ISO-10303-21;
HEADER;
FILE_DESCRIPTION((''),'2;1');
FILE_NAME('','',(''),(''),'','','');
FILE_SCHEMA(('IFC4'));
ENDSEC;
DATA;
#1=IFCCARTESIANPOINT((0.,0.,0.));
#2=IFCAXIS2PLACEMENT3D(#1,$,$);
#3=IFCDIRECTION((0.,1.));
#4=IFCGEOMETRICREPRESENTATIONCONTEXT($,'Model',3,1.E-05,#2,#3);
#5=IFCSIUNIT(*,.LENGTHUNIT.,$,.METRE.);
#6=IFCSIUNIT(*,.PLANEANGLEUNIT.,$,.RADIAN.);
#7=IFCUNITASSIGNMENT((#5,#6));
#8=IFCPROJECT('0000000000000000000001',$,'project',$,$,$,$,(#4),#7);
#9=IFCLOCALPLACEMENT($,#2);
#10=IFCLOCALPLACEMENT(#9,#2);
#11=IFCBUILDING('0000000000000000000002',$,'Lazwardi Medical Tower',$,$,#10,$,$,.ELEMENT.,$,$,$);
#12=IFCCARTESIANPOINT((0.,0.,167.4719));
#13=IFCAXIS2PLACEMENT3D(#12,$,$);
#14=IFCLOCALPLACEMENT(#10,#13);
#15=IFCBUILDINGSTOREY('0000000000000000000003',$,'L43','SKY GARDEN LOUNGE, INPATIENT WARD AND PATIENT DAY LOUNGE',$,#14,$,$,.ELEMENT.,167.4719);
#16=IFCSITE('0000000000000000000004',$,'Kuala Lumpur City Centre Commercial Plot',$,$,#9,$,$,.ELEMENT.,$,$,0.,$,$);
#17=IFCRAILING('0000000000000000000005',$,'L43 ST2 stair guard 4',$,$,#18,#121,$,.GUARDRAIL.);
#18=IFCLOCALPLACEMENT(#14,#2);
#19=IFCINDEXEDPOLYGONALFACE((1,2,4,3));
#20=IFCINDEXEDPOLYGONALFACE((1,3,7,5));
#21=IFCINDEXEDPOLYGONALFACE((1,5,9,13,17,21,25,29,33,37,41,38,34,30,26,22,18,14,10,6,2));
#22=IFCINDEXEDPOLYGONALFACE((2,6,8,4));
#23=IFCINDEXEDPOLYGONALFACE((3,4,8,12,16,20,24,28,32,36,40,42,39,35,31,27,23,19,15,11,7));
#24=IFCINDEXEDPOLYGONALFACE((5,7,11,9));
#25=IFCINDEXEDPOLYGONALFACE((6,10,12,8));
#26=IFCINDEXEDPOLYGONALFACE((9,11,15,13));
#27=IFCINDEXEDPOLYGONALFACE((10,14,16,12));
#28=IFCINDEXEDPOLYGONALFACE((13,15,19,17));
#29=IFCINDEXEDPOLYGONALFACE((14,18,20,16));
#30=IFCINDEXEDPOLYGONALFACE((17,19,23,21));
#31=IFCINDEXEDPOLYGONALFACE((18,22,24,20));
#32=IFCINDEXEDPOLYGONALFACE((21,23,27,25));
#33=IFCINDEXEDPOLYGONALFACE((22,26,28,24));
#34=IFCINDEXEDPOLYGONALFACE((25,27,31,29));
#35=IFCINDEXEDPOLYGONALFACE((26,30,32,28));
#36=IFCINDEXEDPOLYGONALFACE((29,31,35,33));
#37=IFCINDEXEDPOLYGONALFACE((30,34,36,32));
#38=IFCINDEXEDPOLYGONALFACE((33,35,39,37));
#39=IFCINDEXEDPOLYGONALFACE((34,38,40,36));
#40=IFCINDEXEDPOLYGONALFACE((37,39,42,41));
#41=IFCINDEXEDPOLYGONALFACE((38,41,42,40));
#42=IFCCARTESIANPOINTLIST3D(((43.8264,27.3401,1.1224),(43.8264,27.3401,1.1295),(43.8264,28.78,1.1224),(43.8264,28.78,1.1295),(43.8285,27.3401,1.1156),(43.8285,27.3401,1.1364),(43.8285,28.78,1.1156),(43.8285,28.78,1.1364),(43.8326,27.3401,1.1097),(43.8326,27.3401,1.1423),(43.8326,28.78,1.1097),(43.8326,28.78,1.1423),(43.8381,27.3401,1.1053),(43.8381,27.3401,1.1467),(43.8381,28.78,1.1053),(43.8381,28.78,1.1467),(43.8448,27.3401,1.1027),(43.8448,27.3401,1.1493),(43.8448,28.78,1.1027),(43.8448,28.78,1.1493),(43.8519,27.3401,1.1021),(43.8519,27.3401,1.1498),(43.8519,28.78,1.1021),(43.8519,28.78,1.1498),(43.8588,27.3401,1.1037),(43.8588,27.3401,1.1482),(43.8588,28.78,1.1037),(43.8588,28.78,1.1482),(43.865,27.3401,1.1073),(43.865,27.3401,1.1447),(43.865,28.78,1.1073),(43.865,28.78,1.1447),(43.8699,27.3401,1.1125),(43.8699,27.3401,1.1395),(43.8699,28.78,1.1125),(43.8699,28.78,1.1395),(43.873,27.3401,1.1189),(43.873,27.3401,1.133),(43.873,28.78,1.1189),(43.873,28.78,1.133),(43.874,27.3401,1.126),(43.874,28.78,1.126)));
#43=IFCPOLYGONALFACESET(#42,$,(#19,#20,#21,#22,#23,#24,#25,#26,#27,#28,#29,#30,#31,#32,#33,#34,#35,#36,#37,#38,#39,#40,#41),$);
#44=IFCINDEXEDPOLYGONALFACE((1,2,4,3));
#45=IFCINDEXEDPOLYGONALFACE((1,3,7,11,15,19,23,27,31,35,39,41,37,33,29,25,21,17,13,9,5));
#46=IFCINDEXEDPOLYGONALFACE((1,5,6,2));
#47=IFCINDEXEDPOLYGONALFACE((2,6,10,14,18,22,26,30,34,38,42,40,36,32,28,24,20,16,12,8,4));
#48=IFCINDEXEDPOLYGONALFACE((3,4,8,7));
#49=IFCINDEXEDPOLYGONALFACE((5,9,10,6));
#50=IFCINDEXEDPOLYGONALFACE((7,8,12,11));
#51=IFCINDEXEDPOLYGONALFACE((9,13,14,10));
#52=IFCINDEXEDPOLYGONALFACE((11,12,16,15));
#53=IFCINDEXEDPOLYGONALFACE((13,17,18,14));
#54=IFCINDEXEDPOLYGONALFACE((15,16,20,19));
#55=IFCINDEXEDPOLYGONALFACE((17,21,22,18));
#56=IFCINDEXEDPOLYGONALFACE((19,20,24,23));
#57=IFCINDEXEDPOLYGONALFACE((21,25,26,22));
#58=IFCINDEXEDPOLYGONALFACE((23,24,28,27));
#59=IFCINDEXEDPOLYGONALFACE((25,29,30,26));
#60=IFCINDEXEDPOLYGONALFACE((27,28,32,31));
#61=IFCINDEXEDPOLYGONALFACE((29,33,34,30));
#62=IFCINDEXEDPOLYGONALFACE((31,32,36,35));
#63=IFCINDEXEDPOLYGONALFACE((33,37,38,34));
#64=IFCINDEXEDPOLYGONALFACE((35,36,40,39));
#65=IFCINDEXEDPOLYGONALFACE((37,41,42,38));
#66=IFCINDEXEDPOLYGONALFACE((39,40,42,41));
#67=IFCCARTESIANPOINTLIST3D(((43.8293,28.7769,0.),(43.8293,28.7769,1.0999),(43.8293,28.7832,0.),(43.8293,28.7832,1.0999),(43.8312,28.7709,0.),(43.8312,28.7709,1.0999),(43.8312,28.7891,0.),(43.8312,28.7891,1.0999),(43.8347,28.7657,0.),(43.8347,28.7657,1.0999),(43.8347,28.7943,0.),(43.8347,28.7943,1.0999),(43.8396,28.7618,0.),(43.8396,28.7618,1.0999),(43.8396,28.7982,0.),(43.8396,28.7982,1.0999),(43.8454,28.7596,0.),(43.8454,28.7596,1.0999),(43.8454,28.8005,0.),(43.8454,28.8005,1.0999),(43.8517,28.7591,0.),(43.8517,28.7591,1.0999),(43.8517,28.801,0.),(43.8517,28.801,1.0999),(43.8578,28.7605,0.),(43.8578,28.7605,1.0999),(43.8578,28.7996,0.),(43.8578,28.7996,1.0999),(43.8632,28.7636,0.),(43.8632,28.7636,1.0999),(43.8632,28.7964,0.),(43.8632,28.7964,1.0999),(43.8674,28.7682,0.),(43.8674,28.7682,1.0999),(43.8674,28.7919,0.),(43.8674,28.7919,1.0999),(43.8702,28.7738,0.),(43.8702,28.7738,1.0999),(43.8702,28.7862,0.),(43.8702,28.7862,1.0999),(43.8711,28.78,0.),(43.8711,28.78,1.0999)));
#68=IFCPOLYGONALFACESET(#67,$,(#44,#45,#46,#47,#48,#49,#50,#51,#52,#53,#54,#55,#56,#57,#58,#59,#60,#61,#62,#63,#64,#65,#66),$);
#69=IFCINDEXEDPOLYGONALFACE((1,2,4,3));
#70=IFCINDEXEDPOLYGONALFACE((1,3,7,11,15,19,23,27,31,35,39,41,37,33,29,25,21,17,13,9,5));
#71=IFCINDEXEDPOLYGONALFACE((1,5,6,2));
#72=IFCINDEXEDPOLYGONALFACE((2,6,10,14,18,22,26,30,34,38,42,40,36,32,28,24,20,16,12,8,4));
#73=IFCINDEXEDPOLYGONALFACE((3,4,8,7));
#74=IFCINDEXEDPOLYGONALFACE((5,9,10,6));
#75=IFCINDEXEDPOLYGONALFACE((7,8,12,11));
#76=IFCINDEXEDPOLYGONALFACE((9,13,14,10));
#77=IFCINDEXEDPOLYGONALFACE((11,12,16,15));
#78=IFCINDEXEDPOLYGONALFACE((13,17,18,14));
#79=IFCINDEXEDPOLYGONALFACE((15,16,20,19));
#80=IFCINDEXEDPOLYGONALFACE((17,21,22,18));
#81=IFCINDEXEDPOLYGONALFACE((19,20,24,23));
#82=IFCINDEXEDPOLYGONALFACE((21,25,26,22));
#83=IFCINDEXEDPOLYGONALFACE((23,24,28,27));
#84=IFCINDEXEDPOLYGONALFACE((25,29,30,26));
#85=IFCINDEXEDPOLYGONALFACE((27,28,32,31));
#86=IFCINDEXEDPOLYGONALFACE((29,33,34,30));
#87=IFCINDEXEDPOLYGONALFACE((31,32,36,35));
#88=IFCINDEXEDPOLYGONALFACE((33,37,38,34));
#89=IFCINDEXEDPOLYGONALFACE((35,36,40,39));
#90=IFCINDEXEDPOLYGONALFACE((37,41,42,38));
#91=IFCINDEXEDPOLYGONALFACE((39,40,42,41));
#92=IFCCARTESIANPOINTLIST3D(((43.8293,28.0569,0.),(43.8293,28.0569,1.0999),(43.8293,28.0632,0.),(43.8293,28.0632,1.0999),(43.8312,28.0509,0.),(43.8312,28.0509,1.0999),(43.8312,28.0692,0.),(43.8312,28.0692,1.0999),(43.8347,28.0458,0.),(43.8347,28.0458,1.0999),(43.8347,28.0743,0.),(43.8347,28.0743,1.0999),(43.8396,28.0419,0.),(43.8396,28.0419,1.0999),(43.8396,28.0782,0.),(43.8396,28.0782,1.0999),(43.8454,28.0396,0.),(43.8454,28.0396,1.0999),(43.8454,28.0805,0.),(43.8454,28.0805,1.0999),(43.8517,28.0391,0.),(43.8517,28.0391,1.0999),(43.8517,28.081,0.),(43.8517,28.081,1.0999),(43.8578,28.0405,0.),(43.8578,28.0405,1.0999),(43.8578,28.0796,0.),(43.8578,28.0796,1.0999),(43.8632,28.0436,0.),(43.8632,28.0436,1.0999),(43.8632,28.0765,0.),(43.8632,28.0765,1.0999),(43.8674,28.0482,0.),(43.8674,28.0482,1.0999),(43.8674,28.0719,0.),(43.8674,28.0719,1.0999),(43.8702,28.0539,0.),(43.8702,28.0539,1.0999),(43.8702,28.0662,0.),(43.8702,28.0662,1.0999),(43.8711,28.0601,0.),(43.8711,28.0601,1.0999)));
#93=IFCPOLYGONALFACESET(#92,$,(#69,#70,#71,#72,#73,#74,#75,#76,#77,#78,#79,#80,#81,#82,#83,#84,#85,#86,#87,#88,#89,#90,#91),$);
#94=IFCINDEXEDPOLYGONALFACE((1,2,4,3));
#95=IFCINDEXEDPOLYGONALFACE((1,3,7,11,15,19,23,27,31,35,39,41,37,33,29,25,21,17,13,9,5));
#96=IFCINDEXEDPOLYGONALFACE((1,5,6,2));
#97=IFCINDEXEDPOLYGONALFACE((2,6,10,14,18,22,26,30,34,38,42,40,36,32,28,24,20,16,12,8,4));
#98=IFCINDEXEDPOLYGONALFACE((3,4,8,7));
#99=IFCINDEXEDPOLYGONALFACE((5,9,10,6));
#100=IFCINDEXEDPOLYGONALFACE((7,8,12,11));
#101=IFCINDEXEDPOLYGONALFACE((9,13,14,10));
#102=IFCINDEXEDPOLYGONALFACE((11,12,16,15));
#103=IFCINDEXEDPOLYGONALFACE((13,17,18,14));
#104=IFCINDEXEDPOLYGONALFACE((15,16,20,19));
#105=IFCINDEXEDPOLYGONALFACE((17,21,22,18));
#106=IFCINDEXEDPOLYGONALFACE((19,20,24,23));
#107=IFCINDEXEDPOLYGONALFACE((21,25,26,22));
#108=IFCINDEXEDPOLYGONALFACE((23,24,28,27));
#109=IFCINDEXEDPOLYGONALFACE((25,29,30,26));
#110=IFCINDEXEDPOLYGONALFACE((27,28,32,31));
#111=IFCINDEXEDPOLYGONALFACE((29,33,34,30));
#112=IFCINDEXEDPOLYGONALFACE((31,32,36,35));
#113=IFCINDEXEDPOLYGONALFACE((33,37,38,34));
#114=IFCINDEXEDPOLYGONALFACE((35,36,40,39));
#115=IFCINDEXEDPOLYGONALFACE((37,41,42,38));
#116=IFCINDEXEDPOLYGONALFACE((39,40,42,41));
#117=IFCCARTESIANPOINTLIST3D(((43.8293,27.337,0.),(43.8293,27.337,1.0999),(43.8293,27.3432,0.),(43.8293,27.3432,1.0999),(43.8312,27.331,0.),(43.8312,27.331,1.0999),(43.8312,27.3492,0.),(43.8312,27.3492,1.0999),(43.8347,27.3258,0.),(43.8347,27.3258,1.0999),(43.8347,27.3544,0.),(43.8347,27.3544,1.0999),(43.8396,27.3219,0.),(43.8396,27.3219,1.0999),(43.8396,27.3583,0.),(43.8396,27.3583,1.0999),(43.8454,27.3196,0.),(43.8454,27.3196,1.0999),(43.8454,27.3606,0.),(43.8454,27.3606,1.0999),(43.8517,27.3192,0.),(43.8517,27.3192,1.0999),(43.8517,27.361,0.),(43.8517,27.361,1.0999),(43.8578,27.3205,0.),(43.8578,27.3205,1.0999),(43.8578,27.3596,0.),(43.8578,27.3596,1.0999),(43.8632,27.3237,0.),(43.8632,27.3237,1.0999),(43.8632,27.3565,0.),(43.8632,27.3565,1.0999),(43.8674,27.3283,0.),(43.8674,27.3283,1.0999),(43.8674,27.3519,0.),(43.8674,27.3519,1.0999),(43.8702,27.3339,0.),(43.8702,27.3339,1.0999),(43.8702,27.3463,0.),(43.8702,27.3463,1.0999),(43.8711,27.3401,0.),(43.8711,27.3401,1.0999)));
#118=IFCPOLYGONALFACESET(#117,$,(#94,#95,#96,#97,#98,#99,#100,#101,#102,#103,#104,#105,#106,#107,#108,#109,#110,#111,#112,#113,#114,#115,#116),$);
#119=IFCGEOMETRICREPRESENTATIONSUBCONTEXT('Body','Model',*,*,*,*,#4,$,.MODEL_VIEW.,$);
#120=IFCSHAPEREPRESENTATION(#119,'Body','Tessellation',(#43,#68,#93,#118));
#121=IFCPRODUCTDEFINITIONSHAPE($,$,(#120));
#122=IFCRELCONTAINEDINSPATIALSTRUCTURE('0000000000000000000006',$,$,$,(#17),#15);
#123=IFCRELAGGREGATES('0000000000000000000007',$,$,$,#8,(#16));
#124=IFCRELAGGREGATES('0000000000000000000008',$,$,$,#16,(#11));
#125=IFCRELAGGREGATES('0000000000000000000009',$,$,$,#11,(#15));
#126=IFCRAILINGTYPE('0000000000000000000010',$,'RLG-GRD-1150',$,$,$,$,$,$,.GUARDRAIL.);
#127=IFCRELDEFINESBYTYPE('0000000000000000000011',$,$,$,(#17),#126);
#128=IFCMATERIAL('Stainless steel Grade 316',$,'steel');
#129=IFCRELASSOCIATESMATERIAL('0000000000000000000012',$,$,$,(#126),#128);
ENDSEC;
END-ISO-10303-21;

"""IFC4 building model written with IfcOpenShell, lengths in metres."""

from ifc_helpers import new_model, si_unit, direction, frame, origin, origin_2d, place, context, subcontext, project, spatial, circle, extrude, material, type_object, element, save


model = new_model("IFC4")

# Units and contexts
model_context = context("Model", 3, precision=1e-05, world=origin(), true_north=direction((0.0, 1.0)))
body_context = subcontext(model_context, "Body", "Model", "MODEL_VIEW")
ifc_project = project(units=[si_unit("LENGTHUNIT", "METRE"), si_unit("PLANEANGLEUNIT", "RADIAN")], contexts=[model_context])

# Site, building, storey
site_placement = place(None, origin())
site = spatial("IfcSite", under=ifc_project, at=site_placement, Name="Kuala Lumpur City Centre Commercial Plot", CompositionType="ELEMENT", RefElevation=0.0)
building_placement = place(site_placement, origin())
building = spatial("IfcBuilding", under=site, at=building_placement, Name="Lazwardi Medical Tower", CompositionType="ELEMENT")
storey_placement = place(building_placement, frame((0.0, 0.0, 167.4719)))
storey = spatial("IfcBuildingStorey", under=building, at=storey_placement, Name="L43", Description="SKY GARDEN LOUNGE, INPATIENT WARD AND PATIENT DAY LOUNGE", CompositionType="ELEMENT", Elevation=167.4719)

# Railing
ifc_material_1 = material(Name="Stainless steel Grade 316", Category="steel")
railing_type_1 = type_object("IfcRailingType", Name="RLG-GRD-1150", PredefinedType="GUARDRAIL", material=ifc_material_1)
railing_1_placement = place(storey_placement, frame((43.8501, 28.78, 0.0)))
element("IfcRailing", 1, at=railing_1_placement, inside=storey, type_object=railing_type_1, Name="L43 ST2 stair guard 4", PredefinedType="GUARDRAIL", context=body_context, shape_type="SweptSolid", body=[
    extrude(circle(Radius=0.0239, at=origin_2d()), frame((0.0, 0.0, 1.126), z_axis=(0.0, -1.0, 0.0), x_axis=(1.0, 0.0, 0.0)), (0.0, 0.0, 1.0), 1.4399),
    extrude(circle(Radius=0.021, at=origin_2d()), origin(), (0.0, 0.0, 1.0), 1.0999),
    extrude(circle(Radius=0.021, at=origin_2d()), frame((0.0, -0.72, 0.0)), (0.0, 0.0, 1.0), 1.0999),
    extrude(circle(Radius=0.021, at=origin_2d()), frame((0.0, -1.4399, 0.0)), (0.0, 0.0, 1.0), 1.0999),
])

save(model, "model.ifc")
